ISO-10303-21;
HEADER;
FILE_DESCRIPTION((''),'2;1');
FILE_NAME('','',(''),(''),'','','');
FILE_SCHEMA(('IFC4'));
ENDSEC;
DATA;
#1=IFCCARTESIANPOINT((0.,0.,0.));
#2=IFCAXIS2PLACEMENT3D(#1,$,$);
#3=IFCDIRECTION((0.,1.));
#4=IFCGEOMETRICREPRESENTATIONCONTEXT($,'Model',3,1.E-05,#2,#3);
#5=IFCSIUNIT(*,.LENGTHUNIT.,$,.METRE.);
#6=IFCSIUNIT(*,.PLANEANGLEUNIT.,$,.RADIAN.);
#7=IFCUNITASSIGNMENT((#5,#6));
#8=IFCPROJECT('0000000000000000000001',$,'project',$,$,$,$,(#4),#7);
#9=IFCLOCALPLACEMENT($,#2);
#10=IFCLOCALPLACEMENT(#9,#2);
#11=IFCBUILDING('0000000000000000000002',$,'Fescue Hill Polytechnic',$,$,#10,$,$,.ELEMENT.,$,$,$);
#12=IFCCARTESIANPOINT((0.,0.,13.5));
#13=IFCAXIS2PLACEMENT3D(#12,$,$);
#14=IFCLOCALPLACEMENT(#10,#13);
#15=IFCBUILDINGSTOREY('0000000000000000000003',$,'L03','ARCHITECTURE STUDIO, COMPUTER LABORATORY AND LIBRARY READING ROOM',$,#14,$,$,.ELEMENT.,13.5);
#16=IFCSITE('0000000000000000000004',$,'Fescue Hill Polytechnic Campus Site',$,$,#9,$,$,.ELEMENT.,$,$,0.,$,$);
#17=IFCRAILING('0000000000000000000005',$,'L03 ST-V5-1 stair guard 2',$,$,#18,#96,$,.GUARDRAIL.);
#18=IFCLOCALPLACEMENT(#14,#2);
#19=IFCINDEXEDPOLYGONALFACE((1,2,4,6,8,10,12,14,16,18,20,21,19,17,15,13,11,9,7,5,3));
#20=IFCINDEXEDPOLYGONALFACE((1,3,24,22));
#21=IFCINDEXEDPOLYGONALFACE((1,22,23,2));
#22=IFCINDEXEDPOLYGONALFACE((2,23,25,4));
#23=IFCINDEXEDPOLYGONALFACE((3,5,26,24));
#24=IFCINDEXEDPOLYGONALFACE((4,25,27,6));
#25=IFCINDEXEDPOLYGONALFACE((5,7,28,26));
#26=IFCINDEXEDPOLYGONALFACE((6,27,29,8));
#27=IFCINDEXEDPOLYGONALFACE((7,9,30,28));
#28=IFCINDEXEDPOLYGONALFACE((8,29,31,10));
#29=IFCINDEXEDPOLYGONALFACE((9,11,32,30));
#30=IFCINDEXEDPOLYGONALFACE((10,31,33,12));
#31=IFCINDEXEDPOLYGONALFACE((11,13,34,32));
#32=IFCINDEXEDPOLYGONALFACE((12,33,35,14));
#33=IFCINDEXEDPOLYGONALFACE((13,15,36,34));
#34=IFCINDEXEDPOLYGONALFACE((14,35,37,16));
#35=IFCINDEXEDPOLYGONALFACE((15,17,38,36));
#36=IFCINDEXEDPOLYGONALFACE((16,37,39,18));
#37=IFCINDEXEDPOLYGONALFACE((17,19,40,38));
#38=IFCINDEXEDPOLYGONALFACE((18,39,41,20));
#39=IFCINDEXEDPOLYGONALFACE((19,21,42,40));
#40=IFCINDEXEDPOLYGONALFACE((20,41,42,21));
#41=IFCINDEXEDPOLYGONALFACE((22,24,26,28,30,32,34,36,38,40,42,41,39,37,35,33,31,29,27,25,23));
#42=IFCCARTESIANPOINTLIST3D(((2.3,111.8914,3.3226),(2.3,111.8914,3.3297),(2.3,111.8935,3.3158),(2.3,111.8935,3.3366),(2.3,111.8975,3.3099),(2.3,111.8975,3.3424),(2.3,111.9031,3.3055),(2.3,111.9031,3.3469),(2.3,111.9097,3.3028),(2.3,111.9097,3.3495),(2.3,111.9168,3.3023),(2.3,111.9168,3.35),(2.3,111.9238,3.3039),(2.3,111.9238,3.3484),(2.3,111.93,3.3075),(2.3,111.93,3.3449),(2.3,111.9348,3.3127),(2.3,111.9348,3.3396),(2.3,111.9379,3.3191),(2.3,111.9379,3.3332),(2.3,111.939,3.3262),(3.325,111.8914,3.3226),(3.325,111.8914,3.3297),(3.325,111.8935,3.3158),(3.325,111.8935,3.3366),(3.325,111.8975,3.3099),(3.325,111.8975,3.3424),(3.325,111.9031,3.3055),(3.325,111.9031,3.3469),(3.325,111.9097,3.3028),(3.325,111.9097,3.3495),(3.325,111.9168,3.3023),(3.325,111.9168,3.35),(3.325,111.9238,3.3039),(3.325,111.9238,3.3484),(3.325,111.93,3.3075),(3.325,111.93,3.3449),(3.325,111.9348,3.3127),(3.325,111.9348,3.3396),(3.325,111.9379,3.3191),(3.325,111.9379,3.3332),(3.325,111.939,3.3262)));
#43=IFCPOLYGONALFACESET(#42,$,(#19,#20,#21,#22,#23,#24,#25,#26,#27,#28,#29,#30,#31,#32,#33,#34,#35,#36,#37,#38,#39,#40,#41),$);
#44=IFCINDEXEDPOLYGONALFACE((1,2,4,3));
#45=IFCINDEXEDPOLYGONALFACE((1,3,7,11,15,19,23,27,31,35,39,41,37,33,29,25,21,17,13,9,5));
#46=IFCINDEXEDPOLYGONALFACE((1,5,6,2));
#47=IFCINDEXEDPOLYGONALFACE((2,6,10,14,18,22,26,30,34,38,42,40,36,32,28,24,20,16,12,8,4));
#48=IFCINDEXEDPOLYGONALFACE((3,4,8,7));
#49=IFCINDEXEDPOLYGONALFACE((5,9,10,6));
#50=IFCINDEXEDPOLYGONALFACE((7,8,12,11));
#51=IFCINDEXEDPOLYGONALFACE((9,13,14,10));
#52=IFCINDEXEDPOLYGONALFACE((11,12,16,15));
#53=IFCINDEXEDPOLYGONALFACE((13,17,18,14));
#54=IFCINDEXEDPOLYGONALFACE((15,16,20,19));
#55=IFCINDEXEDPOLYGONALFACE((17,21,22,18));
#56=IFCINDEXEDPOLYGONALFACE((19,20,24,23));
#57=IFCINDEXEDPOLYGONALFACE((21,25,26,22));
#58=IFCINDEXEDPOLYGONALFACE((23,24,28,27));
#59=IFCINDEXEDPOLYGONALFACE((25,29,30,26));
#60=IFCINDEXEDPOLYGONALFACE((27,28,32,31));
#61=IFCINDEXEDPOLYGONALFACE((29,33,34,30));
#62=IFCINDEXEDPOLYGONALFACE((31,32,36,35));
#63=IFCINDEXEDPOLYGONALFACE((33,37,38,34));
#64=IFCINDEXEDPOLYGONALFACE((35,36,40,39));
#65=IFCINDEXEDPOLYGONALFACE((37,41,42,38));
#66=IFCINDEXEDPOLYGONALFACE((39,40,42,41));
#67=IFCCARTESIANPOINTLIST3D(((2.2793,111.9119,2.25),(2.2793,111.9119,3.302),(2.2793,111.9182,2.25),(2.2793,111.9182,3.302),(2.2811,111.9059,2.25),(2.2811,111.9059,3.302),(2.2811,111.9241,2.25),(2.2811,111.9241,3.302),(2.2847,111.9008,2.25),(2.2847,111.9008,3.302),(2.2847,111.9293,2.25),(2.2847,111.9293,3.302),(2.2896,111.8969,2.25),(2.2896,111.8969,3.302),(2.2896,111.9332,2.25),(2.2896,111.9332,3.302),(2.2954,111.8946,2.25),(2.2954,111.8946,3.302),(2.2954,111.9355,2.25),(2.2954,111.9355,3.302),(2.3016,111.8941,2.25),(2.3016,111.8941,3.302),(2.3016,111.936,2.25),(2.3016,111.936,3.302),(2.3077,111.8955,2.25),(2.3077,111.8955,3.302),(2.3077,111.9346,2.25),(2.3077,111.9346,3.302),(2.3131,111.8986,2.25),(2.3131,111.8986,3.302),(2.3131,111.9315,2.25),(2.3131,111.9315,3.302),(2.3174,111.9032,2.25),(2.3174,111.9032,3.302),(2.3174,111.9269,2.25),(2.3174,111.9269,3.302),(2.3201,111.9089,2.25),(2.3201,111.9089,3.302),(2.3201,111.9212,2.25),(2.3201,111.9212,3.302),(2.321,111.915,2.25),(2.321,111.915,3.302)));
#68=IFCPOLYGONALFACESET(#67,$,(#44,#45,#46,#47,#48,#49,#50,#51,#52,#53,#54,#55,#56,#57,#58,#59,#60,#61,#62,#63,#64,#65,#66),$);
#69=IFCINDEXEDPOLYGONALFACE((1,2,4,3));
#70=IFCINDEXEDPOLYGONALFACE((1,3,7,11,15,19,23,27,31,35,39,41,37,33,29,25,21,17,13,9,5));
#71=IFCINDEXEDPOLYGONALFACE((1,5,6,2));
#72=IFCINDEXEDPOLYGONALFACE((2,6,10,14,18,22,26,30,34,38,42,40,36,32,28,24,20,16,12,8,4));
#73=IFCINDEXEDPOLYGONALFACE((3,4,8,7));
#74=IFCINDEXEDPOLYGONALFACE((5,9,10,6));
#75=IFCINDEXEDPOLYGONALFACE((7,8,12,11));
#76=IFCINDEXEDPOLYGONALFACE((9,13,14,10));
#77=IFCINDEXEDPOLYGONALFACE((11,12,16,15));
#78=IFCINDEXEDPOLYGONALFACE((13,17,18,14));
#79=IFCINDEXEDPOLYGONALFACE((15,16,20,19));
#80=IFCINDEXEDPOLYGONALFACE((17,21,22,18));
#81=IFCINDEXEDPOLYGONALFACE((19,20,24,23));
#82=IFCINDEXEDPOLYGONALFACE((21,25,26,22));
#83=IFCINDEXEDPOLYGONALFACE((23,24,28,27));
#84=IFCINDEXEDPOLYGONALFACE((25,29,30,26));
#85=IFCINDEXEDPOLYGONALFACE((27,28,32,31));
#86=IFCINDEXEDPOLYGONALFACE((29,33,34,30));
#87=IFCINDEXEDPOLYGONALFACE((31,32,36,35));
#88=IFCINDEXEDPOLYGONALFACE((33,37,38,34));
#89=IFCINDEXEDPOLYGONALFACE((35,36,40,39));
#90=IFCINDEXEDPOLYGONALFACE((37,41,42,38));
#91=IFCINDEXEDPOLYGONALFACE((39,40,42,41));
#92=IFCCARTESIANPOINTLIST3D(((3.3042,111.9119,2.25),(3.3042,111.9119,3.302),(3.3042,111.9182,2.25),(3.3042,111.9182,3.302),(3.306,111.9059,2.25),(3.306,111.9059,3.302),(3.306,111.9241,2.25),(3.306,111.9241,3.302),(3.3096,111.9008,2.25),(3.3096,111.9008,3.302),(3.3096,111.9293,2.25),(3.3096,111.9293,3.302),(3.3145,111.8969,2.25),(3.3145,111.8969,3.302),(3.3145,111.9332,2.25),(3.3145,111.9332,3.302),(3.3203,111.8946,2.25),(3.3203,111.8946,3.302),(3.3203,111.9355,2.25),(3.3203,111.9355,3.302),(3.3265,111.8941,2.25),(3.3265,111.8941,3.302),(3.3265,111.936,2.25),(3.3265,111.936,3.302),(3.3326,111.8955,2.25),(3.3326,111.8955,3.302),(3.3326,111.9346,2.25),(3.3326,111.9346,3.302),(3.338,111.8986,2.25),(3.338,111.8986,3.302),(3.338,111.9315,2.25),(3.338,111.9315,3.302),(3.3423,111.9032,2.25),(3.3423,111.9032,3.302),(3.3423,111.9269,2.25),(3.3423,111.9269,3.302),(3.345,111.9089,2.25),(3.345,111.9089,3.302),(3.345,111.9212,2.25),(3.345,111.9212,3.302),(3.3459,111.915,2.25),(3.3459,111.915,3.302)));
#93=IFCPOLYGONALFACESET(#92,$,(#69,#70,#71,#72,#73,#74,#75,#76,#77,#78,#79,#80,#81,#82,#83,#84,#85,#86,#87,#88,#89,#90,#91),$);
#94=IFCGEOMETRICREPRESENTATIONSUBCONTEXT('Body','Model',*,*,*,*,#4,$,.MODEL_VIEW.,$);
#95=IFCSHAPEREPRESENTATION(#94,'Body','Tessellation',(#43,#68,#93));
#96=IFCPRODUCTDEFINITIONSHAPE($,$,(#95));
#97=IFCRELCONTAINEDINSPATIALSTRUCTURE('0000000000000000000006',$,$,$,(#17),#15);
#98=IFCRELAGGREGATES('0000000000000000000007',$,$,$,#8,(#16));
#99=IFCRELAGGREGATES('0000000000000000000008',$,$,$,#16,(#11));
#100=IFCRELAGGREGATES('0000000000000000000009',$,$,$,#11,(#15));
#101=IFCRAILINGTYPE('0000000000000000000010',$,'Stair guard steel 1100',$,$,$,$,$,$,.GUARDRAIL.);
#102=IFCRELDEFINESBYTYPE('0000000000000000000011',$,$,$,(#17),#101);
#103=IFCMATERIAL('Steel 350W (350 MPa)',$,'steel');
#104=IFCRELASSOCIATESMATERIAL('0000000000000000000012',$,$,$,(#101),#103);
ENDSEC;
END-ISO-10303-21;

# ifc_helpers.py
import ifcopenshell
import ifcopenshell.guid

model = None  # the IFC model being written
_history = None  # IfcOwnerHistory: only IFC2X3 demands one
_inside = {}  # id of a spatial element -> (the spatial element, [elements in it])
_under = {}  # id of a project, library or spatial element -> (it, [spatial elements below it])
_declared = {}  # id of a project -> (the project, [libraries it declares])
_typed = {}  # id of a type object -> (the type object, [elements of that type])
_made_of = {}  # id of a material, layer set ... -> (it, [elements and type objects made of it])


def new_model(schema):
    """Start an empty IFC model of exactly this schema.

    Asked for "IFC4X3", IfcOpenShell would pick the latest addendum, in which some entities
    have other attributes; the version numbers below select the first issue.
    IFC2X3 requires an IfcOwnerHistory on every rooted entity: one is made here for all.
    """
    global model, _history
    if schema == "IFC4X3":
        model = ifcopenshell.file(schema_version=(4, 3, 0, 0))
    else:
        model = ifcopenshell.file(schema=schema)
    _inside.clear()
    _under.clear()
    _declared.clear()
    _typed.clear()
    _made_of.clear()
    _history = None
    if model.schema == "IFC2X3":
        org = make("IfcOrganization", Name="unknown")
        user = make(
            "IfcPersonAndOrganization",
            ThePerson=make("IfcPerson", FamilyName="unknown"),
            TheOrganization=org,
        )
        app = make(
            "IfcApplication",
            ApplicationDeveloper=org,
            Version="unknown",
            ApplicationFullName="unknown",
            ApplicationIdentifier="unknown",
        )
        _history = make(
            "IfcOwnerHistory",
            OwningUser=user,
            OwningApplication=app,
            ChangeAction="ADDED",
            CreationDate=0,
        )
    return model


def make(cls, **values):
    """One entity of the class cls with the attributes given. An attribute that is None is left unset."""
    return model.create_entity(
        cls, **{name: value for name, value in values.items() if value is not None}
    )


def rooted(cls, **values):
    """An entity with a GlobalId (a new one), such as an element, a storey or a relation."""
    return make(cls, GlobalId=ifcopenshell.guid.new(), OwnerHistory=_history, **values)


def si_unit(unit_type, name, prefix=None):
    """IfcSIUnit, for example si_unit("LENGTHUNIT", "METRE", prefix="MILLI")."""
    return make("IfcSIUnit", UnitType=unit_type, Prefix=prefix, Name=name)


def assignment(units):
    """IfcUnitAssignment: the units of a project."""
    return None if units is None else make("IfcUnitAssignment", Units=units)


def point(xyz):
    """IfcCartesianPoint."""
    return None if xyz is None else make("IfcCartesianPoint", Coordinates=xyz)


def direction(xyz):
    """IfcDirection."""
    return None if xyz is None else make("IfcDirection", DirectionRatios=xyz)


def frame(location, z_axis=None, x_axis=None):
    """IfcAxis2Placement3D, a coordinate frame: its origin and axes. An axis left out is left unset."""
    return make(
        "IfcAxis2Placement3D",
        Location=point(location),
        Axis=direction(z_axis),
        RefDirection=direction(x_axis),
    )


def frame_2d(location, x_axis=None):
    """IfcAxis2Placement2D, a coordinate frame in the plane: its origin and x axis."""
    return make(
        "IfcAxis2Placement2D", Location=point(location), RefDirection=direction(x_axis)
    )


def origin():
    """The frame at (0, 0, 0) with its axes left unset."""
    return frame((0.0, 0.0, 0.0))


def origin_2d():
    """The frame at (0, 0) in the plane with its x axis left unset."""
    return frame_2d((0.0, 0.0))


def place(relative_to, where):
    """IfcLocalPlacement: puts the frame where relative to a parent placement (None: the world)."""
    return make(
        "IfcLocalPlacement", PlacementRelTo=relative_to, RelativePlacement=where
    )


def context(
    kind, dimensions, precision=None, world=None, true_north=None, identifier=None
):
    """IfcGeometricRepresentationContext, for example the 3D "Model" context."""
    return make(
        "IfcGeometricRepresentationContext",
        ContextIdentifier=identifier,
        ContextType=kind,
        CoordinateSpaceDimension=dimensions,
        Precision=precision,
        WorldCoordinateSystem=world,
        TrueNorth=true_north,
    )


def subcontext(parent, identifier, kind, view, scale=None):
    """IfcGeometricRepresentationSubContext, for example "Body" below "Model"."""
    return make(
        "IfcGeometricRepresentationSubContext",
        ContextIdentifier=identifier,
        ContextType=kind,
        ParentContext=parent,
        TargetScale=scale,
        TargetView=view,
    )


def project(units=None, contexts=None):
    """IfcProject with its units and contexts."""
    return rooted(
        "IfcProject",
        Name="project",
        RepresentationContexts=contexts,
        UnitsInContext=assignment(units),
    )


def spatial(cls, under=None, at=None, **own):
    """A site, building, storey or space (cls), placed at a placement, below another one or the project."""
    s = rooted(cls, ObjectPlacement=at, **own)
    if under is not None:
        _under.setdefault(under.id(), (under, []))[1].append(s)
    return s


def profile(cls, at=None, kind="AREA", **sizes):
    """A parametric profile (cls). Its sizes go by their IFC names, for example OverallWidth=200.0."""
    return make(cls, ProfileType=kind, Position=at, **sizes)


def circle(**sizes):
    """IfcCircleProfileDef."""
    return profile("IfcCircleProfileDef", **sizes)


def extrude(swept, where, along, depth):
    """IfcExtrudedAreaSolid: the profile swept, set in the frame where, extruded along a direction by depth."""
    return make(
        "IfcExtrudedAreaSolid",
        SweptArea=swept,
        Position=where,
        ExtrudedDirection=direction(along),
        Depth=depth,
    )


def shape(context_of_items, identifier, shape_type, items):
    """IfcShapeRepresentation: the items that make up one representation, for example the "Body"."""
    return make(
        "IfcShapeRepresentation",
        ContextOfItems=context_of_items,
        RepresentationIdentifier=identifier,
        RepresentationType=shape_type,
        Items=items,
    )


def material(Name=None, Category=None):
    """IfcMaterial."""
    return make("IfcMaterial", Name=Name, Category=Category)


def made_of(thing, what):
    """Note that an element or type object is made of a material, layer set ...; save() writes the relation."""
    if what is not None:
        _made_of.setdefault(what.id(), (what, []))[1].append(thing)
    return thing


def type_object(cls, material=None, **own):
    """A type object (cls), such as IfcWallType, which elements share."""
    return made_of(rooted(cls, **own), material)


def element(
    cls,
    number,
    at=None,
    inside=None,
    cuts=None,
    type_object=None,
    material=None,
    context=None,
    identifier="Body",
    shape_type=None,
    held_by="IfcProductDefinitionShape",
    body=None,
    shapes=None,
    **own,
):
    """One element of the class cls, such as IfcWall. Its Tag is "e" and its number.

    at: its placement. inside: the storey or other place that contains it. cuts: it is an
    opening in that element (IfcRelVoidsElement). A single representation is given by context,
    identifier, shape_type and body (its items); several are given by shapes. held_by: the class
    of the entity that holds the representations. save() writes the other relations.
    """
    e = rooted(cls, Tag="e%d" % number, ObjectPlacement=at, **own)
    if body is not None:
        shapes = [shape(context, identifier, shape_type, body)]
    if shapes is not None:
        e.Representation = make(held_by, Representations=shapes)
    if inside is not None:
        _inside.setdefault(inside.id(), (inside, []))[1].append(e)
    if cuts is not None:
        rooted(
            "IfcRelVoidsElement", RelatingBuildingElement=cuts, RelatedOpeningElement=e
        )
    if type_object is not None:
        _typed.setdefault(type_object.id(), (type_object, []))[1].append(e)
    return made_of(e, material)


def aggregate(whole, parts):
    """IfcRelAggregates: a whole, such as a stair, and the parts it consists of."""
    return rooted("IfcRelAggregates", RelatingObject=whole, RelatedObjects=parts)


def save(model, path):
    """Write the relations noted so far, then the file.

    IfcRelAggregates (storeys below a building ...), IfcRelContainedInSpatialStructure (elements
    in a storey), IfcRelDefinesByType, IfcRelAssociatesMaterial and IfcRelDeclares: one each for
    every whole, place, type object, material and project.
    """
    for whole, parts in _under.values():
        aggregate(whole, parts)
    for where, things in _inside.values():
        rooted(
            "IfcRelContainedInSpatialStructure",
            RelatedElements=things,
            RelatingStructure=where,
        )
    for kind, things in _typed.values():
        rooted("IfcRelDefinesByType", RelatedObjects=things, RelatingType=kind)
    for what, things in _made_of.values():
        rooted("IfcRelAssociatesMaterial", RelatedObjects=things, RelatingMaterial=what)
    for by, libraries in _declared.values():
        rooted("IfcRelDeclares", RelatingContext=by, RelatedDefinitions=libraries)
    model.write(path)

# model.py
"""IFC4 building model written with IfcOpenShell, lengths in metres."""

from ifc_helpers import new_model, si_unit, direction, frame, origin, origin_2d, place, context, subcontext, project, spatial, circle, extrude, material, type_object, element, save


model = new_model("IFC4")

# Units and contexts
model_context = context("Model", 3, precision=1e-05, world=origin(), true_north=direction((0.0, 1.0)))
body_context = subcontext(model_context, "Body", "Model", "MODEL_VIEW")
ifc_project = project(units=[si_unit("LENGTHUNIT", "METRE"), si_unit("PLANEANGLEUNIT", "RADIAN")], contexts=[model_context])

# Site, building, storey
site_placement = place(None, origin())
site = spatial("IfcSite", under=ifc_project, at=site_placement, Name="Fescue Hill Polytechnic Campus Site", CompositionType="ELEMENT", RefElevation=0.0)
building_placement = place(site_placement, origin())
building = spatial("IfcBuilding", under=site, at=building_placement, Name="Fescue Hill Polytechnic", CompositionType="ELEMENT")
storey_placement = place(building_placement, frame((0.0, 0.0, 13.5)))
storey = spatial("IfcBuildingStorey", under=building, at=storey_placement, Name="L03", Description="ARCHITECTURE STUDIO, COMPUTER LABORATORY AND LIBRARY READING ROOM", CompositionType="ELEMENT", Elevation=13.5)

# Railing
ifc_material_1 = material(Name="Steel 350W (350 MPa)", Category="steel")
railing_type_1 = type_object("IfcRailingType", Name="Stair guard steel 1100", PredefinedType="GUARDRAIL", material=ifc_material_1)
railing_1_placement = place(storey_placement, frame((2.3, 111.915, 2.25)))
element("IfcRailing", 1, at=railing_1_placement, inside=storey, type_object=railing_type_1, Name="L03 ST-V5-1 stair guard 2", PredefinedType="GUARDRAIL", context=body_context, shape_type="SweptSolid", body=[
    extrude(circle(Radius=0.0239, at=origin_2d()), frame((0.0, 0.0, 1.0762), z_axis=(1.0, 0.0, 0.0), x_axis=(0.0, 1.0, 0.0)), (0.0, 0.0, 1.0), 1.0249),
    extrude(circle(Radius=0.021, at=origin_2d()), origin(), (0.0, 0.0, 1.0), 1.052),
    extrude(circle(Radius=0.021, at=origin_2d()), frame((1.0249, 0.0, 0.0)), (0.0, 0.0, 1.0), 1.052),
])

save(model, "model.ifc")
